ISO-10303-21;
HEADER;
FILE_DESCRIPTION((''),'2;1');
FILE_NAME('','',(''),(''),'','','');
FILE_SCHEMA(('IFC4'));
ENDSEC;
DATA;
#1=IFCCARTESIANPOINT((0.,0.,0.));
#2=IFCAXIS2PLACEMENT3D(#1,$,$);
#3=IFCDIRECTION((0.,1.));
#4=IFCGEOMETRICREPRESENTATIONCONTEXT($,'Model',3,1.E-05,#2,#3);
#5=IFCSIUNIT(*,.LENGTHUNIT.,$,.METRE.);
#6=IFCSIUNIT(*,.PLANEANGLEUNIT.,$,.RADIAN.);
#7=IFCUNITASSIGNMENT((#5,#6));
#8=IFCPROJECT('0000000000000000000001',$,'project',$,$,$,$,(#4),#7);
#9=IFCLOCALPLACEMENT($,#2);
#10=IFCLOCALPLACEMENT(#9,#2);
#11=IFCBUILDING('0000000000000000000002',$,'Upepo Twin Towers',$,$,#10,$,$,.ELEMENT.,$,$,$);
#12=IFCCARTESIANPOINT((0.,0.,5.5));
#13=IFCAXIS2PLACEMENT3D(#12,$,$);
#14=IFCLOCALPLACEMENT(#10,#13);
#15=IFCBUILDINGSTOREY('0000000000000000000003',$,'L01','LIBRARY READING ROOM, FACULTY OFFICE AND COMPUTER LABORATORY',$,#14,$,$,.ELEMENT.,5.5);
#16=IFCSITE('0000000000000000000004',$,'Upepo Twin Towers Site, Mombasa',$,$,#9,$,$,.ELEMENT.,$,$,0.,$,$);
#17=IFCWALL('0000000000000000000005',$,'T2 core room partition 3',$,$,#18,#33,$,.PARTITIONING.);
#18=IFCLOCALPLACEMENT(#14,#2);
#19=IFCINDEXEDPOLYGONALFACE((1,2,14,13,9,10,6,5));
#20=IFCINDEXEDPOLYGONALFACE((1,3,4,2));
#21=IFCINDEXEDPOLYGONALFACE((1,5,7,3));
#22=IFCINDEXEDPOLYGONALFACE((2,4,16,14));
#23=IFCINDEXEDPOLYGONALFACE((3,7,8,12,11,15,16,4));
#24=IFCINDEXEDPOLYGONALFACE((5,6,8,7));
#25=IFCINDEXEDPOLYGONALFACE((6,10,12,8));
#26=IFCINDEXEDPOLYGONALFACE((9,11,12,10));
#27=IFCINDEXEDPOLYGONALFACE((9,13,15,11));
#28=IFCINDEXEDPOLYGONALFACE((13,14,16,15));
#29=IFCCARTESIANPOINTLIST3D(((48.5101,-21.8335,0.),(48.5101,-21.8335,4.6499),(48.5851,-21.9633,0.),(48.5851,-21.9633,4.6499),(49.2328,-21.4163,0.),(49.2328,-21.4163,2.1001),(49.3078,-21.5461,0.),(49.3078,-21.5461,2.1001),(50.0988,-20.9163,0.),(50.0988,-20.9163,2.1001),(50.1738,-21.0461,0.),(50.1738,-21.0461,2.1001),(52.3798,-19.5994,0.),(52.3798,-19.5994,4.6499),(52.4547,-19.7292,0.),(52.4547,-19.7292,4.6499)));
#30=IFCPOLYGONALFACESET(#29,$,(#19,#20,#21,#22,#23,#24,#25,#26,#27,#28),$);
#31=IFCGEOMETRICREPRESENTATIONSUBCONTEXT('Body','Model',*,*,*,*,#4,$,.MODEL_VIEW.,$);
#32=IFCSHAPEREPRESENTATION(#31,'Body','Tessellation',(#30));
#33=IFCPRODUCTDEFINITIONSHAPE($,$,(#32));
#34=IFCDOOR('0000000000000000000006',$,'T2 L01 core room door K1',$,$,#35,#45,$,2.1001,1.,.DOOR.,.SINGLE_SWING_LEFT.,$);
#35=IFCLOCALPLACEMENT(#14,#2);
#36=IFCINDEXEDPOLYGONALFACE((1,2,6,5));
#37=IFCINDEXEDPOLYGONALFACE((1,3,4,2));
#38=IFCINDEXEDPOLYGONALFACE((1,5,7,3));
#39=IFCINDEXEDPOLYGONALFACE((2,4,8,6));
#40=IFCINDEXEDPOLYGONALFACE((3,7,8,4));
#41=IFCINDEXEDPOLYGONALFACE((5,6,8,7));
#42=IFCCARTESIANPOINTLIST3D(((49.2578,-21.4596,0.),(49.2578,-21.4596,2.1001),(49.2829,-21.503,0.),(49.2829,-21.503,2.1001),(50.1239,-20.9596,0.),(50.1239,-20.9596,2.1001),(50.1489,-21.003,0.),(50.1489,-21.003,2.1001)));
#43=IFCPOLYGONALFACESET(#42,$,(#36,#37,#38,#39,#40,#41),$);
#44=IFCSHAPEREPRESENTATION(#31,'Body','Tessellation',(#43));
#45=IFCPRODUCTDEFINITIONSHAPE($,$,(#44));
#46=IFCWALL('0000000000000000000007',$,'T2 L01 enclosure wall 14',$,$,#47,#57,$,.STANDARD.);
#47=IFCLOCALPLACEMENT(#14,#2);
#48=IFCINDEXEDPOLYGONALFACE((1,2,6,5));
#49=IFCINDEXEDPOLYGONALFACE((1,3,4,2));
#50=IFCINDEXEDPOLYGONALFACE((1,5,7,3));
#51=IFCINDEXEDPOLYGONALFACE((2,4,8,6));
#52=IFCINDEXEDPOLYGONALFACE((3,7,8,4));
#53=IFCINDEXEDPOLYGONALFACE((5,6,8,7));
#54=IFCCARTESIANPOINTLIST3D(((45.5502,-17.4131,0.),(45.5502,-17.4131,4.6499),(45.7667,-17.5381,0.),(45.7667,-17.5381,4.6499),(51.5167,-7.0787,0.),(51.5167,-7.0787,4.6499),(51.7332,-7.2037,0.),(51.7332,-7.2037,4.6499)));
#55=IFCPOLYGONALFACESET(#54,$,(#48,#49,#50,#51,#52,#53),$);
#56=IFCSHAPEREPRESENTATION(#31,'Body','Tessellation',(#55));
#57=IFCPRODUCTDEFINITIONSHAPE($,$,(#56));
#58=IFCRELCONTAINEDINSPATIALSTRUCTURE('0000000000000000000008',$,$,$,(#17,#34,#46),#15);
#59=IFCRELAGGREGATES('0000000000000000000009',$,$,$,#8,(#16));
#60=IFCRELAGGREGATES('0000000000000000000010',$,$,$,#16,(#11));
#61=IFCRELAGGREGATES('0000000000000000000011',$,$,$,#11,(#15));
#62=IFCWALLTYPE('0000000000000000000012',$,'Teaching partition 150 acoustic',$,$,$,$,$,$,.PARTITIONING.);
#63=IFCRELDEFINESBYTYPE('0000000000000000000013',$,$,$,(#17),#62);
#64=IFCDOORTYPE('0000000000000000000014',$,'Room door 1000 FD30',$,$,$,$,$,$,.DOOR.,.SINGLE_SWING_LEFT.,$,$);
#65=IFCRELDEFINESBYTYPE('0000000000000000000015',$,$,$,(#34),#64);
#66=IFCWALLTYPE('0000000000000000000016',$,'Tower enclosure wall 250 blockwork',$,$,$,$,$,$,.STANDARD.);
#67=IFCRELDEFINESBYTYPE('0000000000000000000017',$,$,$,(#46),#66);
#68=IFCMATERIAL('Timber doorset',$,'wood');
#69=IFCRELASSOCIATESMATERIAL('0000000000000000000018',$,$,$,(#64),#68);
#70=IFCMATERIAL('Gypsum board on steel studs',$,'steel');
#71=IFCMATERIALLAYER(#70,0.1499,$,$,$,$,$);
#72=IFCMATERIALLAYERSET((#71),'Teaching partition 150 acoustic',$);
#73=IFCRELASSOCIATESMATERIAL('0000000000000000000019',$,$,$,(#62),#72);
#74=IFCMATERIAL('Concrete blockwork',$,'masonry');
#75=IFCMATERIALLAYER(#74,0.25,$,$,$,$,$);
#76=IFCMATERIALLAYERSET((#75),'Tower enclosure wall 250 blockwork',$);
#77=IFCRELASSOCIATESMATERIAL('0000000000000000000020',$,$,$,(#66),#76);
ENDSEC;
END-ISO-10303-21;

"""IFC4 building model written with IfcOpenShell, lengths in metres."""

from ifc_helpers import new_model, si_unit, direction, frame, frame_2d, origin, place, context, subcontext, project, spatial, rectangle, extrude, material, layer, layer_set, type_object, element, fill, save


model = new_model("IFC4")

# Units and contexts
model_context = context("Model", 3, precision=1e-05, world=origin(), true_north=direction((0.0, 1.0)))
body_context = subcontext(model_context, "Body", "Model", "MODEL_VIEW")
ifc_project = project(units=[si_unit("LENGTHUNIT", "METRE"), si_unit("PLANEANGLEUNIT", "RADIAN")], contexts=[model_context])

# Site, building, storey
site_placement = place(None, origin())
site = spatial("IfcSite", under=ifc_project, at=site_placement, Name="Upepo Twin Towers Site, Mombasa", CompositionType="ELEMENT", RefElevation=0.0)
building_placement = place(site_placement, origin())
building = spatial("IfcBuilding", under=site, at=building_placement, Name="Upepo Twin Towers", CompositionType="ELEMENT")
storey_placement = place(building_placement, frame((0.0, 0.0, 5.5)))
storey = spatial("IfcBuildingStorey", under=building, at=storey_placement, Name="L01", Description="LIBRARY READING ROOM, FACULTY OFFICE AND COMPUTER LABORATORY", CompositionType="ELEMENT", Elevation=5.5)

# Shared definitions
ifc_material_1 = material(Name="Timber doorset", Category="wood")
door_type_1 = type_object("IfcDoorType", Name="Room door 1000 FD30", OperationType="SINGLE_SWING_LEFT", PredefinedType="DOOR", material=ifc_material_1)

# Wall, opening, door
ifc_material_2 = material(Name="Gypsum board on steel studs", Category="steel")
ifc_layer_1 = layer(ifc_material_2, 0.1499)
ifc_layer_set_1 = layer_set([ifc_layer_1], Name="Teaching partition 150 acoustic")
wall_type_1 = type_object("IfcWallType", Name="Teaching partition 150 acoustic", PredefinedType="PARTITIONING", material=ifc_layer_set_1)
wall_1_placement = place(storey_placement, frame((48.5476, -21.8984, 0.0), z_axis=(0.0, 0.0, 1.0), x_axis=(0.866025, 0.5, 0.0)))
wall_1 = element("IfcWall", 1, at=wall_1_placement, inside=storey, type_object=wall_type_1, Name="T2 core room partition 3", PredefinedType="PARTITIONING", context=body_context, shape_type="SweptSolid", body=[
    extrude(rectangle(XDim=4.4683, YDim=0.1499, at=frame_2d((2.2341, 0.0))), origin(), (0.0, 0.0, 1.0), 4.6499),
])
opening_1_placement = place(wall_1_placement, frame((0.8345, 0.0, 0.0)))
opening_1 = element("IfcOpeningElement", 2, at=opening_1_placement, cuts=wall_1, PredefinedType="OPENING", context=body_context, shape_type="SweptSolid", body=[
    extrude(rectangle(XDim=1.0, YDim=2.1001, at=frame_2d((0.5, 1.05))), frame((0.0, 0.085, 0.0), z_axis=(0.0, -1.0, 0.0), x_axis=(1.0, 0.0, 0.0)), (0.0, 0.0, 1.0), 0.1699),
])
door_1_placement = place(opening_1_placement, origin())
door_1 = element("IfcDoor", 3, at=door_1_placement, inside=storey, type_object=door_type_1, Name="T2 L01 core room door K1", OperationType="SINGLE_SWING_LEFT", OverallHeight=2.1001, OverallWidth=1.0, PredefinedType="DOOR", context=body_context, shape_type="SweptSolid", body=[
    extrude(rectangle(XDim=1.0, YDim=2.1001, at=frame_2d((0.5, 1.05))), frame((0.0, 0.0249, 0.0), z_axis=(0.0, -1.0, 0.0), x_axis=(1.0, 0.0, 0.0)), (0.0, 0.0, 1.0), 0.05),
])
fill(opening_1, door_1)

# Wall
ifc_material_3 = material(Name="Concrete blockwork", Category="masonry")
ifc_layer_2 = layer(ifc_material_3, 0.25)
ifc_layer_set_2 = layer_set([ifc_layer_2], Name="Tower enclosure wall 250 blockwork")
wall_type_2 = type_object("IfcWallType", Name="Tower enclosure wall 250 blockwork", PredefinedType="STANDARD", material=ifc_layer_set_2)
wall_2_placement = place(storey_placement, frame((45.6584, -17.4756, 0.0), z_axis=(0.0, 0.0, 1.0), x_axis=(0.499996, 0.866028, 0.0)))
element("IfcWall", 4, at=wall_2_placement, inside=storey, type_object=wall_type_2, Name="T2 L01 enclosure wall 14", PredefinedType="STANDARD", context=body_context, shape_type="SweptSolid", body=[
    extrude(rectangle(XDim=11.9331, YDim=0.25, at=frame_2d((5.9666, 0.0))), origin(), (0.0, 0.0, 1.0), 4.6499),
])

save(model, "model.ifc")
